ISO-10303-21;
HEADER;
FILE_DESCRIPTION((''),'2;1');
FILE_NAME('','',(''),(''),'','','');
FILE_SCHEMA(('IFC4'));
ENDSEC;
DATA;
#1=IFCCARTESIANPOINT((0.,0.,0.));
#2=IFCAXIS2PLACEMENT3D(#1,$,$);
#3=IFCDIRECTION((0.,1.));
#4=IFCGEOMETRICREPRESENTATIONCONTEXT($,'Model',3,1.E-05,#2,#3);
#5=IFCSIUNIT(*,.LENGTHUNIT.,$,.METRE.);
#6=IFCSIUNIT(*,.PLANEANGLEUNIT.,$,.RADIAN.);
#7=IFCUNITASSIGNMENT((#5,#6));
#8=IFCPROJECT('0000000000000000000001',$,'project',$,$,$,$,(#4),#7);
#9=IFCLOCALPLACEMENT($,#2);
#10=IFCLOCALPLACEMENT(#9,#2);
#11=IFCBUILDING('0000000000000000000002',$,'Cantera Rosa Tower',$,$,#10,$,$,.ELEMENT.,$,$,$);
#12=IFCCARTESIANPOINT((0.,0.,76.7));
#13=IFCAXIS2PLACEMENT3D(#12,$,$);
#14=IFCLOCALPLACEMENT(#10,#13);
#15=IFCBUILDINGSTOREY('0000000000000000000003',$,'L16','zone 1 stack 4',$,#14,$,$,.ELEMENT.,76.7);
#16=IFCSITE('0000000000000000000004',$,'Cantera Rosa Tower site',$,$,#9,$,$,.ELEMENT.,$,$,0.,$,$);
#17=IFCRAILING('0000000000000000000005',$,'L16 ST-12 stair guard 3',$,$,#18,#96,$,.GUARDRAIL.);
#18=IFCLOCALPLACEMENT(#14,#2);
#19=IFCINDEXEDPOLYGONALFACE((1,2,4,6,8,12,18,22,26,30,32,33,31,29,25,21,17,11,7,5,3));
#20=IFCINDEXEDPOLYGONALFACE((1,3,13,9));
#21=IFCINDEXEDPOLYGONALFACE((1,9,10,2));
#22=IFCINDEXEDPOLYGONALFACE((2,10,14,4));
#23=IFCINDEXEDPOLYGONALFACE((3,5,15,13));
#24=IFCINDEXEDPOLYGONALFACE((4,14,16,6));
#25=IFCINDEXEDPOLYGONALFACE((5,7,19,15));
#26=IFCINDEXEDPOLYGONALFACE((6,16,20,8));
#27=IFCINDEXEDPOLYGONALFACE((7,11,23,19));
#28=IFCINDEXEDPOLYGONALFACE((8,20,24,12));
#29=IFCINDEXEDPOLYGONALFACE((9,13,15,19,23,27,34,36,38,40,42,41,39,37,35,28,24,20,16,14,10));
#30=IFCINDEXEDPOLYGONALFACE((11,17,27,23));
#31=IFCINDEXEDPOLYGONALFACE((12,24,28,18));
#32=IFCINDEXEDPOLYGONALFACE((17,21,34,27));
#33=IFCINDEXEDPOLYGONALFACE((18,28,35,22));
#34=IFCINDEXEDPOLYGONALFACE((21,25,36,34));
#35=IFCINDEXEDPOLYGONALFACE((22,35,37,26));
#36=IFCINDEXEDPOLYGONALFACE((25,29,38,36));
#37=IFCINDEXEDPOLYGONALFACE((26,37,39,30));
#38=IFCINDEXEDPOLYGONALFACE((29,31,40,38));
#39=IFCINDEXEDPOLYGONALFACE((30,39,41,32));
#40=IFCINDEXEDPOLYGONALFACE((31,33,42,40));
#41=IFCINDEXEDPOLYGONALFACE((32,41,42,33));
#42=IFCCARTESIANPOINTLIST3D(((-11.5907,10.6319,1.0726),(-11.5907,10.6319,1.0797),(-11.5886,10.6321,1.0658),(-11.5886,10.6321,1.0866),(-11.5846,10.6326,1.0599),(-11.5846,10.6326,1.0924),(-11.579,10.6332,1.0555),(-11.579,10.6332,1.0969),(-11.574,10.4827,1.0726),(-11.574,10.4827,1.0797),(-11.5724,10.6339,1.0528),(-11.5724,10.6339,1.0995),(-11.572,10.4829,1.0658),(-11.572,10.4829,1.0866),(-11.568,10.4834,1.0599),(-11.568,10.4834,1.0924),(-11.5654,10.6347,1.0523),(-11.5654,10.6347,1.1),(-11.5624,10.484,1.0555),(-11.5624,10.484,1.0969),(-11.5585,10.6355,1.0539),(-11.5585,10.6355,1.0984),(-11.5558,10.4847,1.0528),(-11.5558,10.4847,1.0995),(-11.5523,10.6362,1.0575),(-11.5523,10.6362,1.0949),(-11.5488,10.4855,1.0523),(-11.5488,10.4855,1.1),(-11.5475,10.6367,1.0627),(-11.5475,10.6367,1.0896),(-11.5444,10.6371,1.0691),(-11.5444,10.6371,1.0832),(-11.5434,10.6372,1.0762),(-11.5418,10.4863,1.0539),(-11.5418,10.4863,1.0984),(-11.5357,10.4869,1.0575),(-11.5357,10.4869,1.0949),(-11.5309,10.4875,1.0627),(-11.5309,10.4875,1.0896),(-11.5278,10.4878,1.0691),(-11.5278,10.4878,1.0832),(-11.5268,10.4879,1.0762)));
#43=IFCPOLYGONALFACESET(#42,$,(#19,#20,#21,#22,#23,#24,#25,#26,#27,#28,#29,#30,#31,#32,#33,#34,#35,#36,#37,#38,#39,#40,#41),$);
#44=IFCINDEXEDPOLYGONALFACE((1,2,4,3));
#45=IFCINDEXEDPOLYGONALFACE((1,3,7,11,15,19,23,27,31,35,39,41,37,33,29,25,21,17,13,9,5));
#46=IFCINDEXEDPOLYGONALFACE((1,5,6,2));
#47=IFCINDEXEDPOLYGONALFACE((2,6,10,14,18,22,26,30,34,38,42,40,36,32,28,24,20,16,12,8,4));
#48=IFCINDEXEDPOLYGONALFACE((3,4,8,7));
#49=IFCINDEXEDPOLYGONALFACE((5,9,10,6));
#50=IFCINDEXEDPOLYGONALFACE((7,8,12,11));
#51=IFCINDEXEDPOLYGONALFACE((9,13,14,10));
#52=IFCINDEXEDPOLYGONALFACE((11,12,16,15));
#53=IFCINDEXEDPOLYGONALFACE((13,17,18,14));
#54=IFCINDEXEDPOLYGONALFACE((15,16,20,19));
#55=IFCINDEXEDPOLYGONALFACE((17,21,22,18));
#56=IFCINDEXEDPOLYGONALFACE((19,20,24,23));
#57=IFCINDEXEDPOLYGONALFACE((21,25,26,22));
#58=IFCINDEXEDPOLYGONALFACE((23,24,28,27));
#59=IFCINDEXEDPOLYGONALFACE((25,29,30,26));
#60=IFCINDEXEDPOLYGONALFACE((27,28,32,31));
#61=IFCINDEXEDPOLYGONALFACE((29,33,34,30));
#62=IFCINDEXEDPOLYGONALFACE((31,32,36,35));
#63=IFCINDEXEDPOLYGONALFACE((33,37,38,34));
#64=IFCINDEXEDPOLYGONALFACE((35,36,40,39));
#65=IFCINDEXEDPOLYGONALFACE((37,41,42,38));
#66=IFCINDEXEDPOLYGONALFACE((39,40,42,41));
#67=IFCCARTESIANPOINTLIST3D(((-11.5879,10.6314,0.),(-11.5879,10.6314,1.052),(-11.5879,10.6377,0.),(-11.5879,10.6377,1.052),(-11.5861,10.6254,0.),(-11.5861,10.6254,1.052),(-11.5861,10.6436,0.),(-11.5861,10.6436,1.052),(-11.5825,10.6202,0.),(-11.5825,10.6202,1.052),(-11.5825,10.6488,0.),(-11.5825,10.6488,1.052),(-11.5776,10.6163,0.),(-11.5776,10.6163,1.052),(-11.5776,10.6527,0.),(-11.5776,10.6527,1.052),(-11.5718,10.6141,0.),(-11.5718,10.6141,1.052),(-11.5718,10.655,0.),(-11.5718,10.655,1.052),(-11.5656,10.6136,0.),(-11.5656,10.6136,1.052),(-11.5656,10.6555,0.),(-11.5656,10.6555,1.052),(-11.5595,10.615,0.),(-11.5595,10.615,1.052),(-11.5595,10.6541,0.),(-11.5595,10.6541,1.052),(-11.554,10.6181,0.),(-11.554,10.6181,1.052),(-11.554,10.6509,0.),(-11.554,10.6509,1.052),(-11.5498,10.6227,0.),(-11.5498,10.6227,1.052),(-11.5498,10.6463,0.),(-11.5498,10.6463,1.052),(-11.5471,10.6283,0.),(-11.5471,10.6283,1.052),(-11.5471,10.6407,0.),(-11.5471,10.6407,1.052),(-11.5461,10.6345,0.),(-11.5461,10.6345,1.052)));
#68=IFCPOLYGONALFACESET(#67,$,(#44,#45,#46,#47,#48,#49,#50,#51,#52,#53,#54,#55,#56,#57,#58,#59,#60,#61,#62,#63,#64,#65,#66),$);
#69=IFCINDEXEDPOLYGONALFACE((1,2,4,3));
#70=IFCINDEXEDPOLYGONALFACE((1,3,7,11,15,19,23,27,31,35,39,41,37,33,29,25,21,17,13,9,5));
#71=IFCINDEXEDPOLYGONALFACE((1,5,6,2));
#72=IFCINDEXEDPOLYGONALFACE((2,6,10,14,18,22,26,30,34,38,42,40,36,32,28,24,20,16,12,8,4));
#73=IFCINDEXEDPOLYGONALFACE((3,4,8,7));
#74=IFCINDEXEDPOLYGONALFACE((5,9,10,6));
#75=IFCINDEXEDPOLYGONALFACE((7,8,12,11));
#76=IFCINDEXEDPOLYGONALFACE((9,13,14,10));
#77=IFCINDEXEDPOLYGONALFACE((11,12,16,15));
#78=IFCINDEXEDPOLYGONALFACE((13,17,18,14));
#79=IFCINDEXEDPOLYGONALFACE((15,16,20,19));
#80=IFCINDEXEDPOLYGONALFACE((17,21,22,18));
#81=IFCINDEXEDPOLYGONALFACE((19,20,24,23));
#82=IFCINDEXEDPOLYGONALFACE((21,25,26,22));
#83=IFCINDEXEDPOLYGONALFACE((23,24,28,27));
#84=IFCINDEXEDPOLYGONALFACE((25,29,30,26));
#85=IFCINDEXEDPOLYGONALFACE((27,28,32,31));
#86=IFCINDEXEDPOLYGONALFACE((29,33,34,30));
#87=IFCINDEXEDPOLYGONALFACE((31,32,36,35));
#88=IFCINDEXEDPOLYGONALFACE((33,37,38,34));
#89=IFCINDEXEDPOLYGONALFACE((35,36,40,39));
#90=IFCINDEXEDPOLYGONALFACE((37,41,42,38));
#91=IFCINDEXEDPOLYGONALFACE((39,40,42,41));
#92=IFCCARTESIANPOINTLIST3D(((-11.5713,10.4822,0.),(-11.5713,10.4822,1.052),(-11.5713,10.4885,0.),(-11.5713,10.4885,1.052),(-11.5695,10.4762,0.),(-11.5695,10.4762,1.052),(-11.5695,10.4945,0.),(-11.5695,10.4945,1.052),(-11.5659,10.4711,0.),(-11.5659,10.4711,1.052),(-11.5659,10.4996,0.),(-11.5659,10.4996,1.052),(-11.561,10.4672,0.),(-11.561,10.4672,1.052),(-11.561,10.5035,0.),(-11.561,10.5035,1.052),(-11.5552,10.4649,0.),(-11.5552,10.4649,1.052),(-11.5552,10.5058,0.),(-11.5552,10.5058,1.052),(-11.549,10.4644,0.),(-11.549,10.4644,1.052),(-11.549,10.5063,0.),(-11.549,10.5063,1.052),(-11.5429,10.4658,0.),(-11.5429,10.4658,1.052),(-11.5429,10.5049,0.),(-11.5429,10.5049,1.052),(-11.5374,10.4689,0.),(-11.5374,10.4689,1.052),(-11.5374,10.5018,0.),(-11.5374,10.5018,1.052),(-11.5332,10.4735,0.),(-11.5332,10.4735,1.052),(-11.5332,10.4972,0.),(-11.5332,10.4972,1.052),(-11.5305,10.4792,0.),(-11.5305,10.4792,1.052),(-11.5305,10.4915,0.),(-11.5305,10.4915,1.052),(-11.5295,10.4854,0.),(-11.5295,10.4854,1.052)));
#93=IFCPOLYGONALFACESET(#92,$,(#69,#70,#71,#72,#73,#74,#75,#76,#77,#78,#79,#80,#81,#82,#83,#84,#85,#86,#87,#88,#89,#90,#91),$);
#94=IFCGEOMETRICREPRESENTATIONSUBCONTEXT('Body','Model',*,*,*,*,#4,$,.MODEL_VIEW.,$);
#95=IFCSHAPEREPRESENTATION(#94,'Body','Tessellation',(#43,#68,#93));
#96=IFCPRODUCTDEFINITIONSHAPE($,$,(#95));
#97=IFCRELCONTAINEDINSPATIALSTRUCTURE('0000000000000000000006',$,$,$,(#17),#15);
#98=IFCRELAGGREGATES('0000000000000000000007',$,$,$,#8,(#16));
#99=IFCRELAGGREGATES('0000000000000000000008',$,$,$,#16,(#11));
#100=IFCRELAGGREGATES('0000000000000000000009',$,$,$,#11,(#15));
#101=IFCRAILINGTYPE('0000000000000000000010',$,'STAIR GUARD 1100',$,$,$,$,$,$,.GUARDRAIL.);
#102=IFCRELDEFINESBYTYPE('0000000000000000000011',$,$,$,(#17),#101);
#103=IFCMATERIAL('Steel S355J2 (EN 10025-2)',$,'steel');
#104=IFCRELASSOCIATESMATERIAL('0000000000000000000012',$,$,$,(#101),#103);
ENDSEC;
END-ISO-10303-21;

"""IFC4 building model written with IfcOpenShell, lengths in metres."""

from ifc_helpers import new_model, si_unit, direction, frame, origin, origin_2d, place, context, subcontext, project, spatial, circle, extrude, material, type_object, element, save


model = new_model("IFC4")

# Units and contexts
model_context = context("Model", 3, precision=1e-05, world=origin(), true_north=direction((0.0, 1.0)))
body_context = subcontext(model_context, "Body", "Model", "MODEL_VIEW")
ifc_project = project(units=[si_unit("LENGTHUNIT", "METRE"), si_unit("PLANEANGLEUNIT", "RADIAN")], contexts=[model_context])

# Site, building, storey
site_placement = place(None, origin())
site = spatial("IfcSite", under=ifc_project, at=site_placement, Name="Cantera Rosa Tower site", CompositionType="ELEMENT", RefElevation=0.0)
building_placement = place(site_placement, origin())
building = spatial("IfcBuilding", under=site, at=building_placement, Name="Cantera Rosa Tower", CompositionType="ELEMENT")
storey_placement = place(building_placement, frame((0.0, 0.0, 76.7)))
storey = spatial("IfcBuildingStorey", under=building, at=storey_placement, Name="L16", Description="zone 1 stack 4", CompositionType="ELEMENT", Elevation=76.7)

# Railing
ifc_material_1 = material(Name="Steel S355J2 (EN 10025-2)", Category="steel")
railing_type_1 = type_object("IfcRailingType", Name="STAIR GUARD 1100", PredefinedType="GUARDRAIL", material=ifc_material_1)
railing_1_placement = place(storey_placement, frame((-11.5671, 10.6345, 0.0)))
element("IfcRailing", 1, at=railing_1_placement, inside=storey, type_object=railing_type_1, Name="L16 ST-12 stair guard 3", PredefinedType="GUARDRAIL", context=body_context, shape_type="SweptSolid", body=[
    extrude(circle(Radius=0.0239, at=origin_2d()), frame((0.0, 0.0, 1.0762), z_axis=(0.11061, -0.993864, 0.0), x_axis=(0.993864, 0.11061, 0.0)), (0.0, 0.0, 1.0), 0.1501),
    extrude(circle(Radius=0.021, at=origin_2d()), origin(), (0.0, 0.0, 1.0), 1.052),
    extrude(circle(Radius=0.021, at=origin_2d()), frame((0.0166, -0.1492, 0.0)), (0.0, 0.0, 1.0), 1.052),
])

save(model, "model.ifc")
